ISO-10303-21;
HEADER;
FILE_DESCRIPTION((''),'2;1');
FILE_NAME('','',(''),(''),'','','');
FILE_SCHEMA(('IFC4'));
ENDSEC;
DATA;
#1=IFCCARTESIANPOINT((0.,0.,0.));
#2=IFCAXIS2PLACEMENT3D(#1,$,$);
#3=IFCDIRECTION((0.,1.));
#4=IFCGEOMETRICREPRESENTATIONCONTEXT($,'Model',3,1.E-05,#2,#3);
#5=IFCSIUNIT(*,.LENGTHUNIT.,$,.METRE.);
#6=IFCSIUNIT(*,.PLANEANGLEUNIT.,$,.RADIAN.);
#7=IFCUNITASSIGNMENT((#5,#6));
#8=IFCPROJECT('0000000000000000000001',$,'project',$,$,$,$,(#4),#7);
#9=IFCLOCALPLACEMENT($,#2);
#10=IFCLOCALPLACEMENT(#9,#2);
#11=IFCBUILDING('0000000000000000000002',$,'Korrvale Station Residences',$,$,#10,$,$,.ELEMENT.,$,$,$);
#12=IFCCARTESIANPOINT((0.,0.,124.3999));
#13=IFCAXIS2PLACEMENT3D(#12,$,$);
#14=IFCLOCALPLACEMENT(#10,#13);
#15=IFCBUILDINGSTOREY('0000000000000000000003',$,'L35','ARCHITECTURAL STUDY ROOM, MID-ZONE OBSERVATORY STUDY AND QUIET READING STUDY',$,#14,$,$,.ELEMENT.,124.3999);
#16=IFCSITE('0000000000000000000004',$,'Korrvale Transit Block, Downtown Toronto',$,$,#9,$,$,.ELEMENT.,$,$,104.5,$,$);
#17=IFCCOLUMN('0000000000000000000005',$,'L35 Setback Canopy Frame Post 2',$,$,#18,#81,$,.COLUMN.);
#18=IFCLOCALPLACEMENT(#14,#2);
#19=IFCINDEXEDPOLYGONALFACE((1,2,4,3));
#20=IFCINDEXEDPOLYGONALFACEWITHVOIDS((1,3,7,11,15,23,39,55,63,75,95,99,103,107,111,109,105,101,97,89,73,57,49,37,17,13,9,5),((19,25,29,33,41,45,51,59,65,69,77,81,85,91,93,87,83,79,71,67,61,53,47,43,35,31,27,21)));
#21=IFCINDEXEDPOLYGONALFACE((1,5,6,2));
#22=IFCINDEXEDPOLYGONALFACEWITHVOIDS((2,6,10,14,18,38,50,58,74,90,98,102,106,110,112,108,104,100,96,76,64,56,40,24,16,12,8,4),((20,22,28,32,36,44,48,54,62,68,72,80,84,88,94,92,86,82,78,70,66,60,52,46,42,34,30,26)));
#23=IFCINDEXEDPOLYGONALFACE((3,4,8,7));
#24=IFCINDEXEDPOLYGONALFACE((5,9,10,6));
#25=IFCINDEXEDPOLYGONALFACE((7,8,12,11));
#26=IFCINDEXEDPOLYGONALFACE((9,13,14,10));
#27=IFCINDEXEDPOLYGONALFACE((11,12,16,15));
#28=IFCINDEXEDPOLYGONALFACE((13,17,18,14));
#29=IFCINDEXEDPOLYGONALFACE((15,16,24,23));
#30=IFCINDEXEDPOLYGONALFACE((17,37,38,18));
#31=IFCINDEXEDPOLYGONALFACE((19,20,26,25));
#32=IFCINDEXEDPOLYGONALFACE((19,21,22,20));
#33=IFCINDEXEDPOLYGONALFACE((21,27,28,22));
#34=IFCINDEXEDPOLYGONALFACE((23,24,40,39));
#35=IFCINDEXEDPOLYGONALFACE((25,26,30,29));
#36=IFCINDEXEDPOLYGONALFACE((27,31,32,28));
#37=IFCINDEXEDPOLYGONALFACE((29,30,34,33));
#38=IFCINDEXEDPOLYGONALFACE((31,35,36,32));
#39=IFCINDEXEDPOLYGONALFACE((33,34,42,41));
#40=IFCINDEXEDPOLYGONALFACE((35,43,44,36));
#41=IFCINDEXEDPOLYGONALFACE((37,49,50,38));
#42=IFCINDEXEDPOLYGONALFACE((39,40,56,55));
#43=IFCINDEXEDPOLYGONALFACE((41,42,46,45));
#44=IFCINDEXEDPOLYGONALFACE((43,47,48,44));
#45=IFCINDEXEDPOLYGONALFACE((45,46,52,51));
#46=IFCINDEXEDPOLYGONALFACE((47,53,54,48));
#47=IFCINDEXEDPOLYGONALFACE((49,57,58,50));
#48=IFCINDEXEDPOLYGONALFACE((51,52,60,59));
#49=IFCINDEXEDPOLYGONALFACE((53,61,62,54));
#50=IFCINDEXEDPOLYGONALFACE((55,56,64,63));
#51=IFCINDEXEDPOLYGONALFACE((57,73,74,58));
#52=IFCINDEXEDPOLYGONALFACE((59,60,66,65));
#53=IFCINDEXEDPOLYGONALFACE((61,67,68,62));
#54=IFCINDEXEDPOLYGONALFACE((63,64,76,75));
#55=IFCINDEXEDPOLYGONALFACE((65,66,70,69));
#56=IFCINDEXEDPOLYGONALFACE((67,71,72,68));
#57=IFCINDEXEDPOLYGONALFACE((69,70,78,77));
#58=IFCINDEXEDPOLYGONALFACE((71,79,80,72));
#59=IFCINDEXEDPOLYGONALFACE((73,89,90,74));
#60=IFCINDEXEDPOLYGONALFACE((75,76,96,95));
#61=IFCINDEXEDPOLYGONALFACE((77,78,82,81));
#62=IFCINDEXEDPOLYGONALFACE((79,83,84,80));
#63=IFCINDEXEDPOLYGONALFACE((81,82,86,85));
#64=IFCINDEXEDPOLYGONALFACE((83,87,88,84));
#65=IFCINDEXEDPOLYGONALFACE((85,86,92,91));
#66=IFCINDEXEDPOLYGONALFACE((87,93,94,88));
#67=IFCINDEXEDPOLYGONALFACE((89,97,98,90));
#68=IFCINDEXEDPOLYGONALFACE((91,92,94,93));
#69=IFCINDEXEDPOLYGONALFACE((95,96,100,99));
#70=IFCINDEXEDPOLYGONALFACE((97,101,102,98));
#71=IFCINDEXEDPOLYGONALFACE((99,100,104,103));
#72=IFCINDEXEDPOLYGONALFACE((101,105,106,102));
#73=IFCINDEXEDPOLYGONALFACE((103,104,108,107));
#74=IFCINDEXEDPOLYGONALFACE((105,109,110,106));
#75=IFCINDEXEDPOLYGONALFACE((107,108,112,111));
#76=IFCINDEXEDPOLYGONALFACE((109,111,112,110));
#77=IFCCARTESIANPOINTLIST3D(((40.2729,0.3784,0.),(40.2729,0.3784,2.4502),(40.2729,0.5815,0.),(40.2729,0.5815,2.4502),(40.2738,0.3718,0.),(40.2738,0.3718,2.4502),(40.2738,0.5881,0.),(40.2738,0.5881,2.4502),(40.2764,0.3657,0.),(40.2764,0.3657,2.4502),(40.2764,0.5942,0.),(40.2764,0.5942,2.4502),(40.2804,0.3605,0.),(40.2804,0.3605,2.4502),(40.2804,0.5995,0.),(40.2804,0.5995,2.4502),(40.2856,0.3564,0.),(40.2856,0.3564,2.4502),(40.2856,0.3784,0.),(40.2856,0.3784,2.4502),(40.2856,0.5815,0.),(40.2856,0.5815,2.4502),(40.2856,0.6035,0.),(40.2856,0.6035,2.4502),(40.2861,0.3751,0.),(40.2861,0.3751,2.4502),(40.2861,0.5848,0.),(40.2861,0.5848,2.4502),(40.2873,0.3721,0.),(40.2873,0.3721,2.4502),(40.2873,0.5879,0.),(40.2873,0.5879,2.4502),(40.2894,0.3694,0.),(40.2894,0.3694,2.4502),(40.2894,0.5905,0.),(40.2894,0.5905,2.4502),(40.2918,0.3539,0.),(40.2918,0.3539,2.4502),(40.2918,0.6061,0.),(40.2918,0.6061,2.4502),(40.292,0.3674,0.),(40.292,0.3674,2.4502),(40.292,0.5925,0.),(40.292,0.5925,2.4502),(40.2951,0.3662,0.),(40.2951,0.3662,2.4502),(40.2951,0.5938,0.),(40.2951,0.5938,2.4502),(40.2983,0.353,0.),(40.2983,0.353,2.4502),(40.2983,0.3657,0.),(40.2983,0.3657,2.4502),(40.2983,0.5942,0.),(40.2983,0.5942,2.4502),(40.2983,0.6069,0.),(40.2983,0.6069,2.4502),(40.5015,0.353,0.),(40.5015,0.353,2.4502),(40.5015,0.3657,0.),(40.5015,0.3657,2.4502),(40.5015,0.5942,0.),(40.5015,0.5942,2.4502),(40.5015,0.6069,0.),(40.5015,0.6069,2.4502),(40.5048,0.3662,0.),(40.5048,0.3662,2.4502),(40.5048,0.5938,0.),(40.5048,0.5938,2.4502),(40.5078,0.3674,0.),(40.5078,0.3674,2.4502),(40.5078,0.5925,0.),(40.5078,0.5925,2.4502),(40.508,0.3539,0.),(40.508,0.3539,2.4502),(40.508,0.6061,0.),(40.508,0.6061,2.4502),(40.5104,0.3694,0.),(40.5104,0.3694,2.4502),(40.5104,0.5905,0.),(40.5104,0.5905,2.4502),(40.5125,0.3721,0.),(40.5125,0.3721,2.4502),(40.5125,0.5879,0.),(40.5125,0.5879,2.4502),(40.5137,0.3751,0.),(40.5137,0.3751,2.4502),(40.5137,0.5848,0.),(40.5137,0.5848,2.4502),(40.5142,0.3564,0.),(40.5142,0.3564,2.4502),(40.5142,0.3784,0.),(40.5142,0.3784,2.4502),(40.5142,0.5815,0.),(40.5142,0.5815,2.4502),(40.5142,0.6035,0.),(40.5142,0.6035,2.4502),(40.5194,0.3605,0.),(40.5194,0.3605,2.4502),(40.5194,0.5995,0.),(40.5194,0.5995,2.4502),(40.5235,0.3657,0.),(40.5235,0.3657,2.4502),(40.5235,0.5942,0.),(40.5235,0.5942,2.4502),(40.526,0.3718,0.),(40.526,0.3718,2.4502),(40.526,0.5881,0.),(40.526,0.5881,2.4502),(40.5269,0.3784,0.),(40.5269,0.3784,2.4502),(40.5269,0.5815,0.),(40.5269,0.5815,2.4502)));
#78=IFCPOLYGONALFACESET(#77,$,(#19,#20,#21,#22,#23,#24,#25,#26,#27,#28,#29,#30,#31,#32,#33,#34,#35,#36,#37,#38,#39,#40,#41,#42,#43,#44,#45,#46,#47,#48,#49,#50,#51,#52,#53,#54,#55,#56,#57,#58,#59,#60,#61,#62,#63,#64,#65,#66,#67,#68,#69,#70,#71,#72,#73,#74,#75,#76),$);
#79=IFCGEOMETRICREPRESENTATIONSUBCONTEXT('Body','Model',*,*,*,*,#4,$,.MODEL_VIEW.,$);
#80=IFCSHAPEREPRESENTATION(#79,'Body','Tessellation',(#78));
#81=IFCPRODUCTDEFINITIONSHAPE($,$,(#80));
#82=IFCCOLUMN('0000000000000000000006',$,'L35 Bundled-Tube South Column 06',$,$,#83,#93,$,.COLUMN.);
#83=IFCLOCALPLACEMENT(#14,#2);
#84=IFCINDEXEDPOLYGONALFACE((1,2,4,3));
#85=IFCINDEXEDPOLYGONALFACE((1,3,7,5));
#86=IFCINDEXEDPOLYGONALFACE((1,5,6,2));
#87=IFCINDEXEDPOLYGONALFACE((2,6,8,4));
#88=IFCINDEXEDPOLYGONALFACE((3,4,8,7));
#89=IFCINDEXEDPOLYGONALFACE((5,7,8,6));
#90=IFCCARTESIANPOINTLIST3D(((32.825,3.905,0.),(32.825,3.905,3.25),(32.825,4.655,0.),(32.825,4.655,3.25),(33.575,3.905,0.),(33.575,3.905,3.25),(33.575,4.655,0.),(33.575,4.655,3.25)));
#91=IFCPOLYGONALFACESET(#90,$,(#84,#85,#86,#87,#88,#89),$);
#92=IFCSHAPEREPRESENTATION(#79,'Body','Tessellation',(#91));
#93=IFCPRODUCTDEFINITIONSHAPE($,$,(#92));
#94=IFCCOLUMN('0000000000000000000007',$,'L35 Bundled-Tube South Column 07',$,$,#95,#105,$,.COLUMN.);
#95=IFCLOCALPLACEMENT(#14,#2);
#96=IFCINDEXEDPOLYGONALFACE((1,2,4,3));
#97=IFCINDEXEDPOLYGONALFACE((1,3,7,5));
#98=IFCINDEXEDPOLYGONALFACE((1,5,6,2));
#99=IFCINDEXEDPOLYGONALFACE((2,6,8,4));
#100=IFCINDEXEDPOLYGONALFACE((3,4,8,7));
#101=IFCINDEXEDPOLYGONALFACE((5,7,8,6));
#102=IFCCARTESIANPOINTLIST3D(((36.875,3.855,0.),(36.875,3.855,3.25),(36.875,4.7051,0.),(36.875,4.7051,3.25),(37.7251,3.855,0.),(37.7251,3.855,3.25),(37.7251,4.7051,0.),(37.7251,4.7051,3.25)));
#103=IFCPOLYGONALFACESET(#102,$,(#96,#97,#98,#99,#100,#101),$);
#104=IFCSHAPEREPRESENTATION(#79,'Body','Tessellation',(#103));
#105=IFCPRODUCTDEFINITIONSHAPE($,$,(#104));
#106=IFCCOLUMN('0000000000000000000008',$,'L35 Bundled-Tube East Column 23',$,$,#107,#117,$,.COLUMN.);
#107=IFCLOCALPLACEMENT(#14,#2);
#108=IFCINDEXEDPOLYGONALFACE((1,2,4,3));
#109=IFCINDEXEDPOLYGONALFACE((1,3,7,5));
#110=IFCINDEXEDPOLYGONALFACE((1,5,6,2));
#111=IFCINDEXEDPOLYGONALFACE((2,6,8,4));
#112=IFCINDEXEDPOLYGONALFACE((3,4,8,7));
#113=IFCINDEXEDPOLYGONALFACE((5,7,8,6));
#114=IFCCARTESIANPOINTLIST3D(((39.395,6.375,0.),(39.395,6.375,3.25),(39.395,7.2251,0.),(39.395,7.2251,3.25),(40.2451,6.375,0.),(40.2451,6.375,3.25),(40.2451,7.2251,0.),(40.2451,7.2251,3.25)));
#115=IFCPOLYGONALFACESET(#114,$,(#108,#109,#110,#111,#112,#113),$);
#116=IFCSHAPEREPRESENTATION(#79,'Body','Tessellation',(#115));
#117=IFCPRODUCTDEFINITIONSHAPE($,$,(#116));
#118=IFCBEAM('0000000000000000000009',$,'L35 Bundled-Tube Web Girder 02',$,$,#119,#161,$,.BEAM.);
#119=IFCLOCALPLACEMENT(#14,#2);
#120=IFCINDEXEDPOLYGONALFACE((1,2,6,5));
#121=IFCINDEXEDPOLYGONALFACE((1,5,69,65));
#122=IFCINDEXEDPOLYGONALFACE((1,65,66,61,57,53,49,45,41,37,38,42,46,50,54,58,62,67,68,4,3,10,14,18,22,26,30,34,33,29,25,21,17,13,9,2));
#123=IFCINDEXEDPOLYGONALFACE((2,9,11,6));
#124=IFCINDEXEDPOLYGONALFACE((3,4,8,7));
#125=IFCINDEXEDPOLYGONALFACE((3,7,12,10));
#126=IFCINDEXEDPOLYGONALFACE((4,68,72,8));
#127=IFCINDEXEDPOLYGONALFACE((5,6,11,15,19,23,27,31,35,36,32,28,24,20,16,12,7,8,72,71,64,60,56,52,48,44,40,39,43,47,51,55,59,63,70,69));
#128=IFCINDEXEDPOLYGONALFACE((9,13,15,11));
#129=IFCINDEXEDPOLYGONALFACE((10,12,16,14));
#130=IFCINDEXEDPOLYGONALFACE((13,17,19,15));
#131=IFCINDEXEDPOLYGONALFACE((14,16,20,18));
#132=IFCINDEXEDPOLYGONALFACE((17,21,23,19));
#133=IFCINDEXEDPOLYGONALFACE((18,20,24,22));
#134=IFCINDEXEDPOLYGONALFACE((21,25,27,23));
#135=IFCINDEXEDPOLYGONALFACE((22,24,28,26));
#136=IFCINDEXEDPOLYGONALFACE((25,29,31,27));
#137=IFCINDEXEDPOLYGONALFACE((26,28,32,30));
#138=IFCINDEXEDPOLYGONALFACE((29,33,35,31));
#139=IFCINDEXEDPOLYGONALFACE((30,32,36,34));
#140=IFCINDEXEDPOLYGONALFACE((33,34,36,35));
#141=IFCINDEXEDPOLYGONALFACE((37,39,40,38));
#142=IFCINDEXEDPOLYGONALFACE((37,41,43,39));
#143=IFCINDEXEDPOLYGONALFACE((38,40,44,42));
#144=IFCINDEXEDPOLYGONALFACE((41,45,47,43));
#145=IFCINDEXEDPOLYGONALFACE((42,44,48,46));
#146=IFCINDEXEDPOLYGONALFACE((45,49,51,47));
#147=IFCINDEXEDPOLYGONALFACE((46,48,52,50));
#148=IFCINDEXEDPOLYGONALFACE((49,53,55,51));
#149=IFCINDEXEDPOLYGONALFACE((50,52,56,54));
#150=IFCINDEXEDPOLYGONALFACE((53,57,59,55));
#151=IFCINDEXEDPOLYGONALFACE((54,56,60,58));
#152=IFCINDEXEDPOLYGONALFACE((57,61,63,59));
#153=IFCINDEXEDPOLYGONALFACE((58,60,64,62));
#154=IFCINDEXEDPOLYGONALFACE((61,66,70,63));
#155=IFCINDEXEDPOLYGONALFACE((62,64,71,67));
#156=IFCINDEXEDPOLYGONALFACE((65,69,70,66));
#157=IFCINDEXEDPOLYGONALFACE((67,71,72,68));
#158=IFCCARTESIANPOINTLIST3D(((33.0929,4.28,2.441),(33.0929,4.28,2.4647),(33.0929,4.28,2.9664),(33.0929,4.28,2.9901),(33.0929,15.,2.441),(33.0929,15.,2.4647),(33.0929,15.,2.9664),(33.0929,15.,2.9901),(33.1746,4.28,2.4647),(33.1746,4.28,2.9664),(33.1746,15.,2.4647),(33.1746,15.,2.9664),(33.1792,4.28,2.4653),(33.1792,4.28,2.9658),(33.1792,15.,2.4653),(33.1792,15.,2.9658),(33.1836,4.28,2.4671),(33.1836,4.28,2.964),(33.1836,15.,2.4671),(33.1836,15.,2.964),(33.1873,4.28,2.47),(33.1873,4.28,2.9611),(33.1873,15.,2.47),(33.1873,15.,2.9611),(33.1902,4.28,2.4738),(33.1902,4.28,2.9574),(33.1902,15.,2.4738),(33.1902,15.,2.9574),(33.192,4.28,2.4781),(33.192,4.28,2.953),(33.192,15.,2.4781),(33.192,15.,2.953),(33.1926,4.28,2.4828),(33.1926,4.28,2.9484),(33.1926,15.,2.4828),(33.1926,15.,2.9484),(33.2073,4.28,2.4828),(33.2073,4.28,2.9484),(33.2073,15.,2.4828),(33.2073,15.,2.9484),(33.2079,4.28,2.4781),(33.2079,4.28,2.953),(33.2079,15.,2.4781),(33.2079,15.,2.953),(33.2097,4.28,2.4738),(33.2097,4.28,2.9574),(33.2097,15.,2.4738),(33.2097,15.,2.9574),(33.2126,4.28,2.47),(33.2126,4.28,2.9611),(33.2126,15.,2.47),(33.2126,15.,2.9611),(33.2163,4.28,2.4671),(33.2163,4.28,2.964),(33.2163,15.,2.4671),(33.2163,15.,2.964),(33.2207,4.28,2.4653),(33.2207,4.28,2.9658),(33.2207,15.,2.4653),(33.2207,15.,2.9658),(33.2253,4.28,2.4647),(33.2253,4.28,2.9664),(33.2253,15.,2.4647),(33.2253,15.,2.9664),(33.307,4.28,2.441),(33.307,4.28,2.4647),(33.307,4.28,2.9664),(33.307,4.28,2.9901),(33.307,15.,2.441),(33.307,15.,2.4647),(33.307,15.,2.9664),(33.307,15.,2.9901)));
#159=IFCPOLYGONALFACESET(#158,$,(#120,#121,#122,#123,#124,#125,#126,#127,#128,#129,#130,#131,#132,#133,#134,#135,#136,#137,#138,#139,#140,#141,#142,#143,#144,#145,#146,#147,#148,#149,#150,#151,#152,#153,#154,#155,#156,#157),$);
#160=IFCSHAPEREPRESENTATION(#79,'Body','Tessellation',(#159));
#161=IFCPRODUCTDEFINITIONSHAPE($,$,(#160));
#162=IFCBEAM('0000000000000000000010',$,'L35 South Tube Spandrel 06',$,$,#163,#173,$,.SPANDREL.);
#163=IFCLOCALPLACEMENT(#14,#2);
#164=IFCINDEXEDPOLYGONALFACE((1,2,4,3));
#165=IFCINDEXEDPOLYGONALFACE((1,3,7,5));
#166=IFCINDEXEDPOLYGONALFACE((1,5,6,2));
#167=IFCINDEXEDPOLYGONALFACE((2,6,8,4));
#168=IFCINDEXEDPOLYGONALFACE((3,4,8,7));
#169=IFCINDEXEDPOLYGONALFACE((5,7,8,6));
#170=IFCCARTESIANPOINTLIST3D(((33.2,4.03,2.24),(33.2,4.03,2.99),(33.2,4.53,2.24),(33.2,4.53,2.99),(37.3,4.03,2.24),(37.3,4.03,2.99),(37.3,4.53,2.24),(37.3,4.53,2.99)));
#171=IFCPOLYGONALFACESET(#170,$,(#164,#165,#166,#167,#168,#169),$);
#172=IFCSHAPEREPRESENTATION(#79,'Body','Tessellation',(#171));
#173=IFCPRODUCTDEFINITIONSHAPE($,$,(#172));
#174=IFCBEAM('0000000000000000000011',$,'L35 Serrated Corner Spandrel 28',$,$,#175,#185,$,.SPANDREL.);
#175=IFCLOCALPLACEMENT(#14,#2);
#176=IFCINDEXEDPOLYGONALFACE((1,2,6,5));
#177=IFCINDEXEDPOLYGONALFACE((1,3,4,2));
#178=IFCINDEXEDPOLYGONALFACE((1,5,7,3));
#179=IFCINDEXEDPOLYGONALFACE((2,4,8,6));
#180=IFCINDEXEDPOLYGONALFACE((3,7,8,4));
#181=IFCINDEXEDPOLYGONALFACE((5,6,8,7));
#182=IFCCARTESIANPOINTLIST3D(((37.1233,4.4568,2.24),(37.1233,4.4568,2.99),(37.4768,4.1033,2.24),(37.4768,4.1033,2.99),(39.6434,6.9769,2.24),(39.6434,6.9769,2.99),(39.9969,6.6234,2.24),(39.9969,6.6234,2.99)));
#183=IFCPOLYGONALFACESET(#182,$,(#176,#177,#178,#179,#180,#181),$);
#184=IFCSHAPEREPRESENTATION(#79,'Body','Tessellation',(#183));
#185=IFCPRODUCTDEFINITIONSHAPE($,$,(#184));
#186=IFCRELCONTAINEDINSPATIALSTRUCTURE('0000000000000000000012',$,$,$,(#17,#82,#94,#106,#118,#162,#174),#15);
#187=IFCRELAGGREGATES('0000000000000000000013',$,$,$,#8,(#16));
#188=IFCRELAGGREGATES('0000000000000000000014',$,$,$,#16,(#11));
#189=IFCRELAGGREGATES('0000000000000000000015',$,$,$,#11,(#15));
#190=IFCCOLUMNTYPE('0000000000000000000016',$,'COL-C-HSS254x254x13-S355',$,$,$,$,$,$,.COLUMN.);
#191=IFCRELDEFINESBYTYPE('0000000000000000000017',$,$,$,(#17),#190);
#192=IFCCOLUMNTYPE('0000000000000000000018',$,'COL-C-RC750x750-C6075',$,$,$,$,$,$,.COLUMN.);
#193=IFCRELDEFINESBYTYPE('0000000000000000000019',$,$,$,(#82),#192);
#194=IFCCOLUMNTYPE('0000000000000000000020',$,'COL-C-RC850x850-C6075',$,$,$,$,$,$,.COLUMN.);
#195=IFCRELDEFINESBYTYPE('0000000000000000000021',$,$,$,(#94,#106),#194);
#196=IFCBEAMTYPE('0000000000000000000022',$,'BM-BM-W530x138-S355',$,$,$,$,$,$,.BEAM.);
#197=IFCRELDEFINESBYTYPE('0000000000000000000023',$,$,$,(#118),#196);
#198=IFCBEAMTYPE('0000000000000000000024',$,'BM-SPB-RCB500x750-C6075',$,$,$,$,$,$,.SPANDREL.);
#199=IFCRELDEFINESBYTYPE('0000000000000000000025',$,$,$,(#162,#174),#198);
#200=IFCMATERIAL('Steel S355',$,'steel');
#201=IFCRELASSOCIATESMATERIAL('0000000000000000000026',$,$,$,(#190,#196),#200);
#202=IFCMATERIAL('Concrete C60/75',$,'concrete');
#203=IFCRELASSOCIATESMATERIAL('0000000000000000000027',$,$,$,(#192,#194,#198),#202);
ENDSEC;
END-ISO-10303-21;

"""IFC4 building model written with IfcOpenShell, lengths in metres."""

from ifc_helpers import new_model, si_unit, direction, frame, origin, origin_2d, place, context, subcontext, project, spatial, rectangle, hollow_rectangle, i_section, extrude, material, material_profile, profile_set, type_object, element, save


model = new_model("IFC4")

# Units and contexts
model_context = context("Model", 3, precision=1e-05, world=origin(), true_north=direction((0.0, 1.0)))
body_context = subcontext(model_context, "Body", "Model", "MODEL_VIEW")
ifc_project = project(units=[si_unit("LENGTHUNIT", "METRE"), si_unit("PLANEANGLEUNIT", "RADIAN")], contexts=[model_context])

# Site, building, storey
site_placement = place(None, origin())
site = spatial("IfcSite", under=ifc_project, at=site_placement, Name="Korrvale Transit Block, Downtown Toronto", CompositionType="ELEMENT", RefElevation=104.5)
building_placement = place(site_placement, origin())
building = spatial("IfcBuilding", under=site, at=building_placement, Name="Korrvale Station Residences", CompositionType="ELEMENT")
storey_placement = place(building_placement, frame((0.0, 0.0, 124.3999)))
storey = spatial("IfcBuildingStorey", under=building, at=storey_placement, Name="L35", Description="ARCHITECTURAL STUDY ROOM, MID-ZONE OBSERVATORY STUDY AND QUIET READING STUDY", CompositionType="ELEMENT", Elevation=124.3999)

# Columns
ifc_material_1 = material(Name="Steel S355", Category="steel")
ifc_material_profile_1 = material_profile(ifc_material_1, hollow_rectangle(XDim=0.2539, YDim=0.2539, WallThickness=0.0127, InnerFilletRadius=0.0127, OuterFilletRadius=0.0254, at=origin_2d()), Name="HSS254x254x13")
ifc_profile_set_1 = profile_set([ifc_material_profile_1], Name="Steel S355")
column_type_1 = type_object("IfcColumnType", Name="COL-C-HSS254x254x13-S355", PredefinedType="COLUMN", material=ifc_profile_set_1)
column_1_placement = place(storey_placement, frame((40.3999, 0.48, 0.0), z_axis=(0.0, 0.0, 1.0), x_axis=(1.0, 0.0, 0.0)))
element("IfcColumn", 1, at=column_1_placement, inside=storey, type_object=column_type_1, Name="L35 Setback Canopy Frame Post 2", PredefinedType="COLUMN", context=body_context, shape_type="SweptSolid", body=[
    extrude(hollow_rectangle(XDim=0.2539, YDim=0.2539, WallThickness=0.0127, InnerFilletRadius=0.0127, OuterFilletRadius=0.0254, at=origin_2d()), origin(), (0.0, 0.0, 1.0), 2.4502),
])
ifc_material_2 = material(Name="Concrete C60/75", Category="concrete")
ifc_material_profile_2 = material_profile(ifc_material_2, rectangle(XDim=0.75, YDim=0.75, at=origin_2d()), Name="RC750x750")
ifc_profile_set_2 = profile_set([ifc_material_profile_2], Name="Concrete C60/75")
column_type_2 = type_object("IfcColumnType", Name="COL-C-RC750x750-C6075", PredefinedType="COLUMN", material=ifc_profile_set_2)
column_2_placement = place(storey_placement, frame((33.2, 4.28, 0.0), z_axis=(0.0, 0.0, 1.0), x_axis=(1.0, 0.0, 0.0)))
element("IfcColumn", 2, at=column_2_placement, inside=storey, type_object=column_type_2, Name="L35 Bundled-Tube South Column 06", PredefinedType="COLUMN", context=body_context, shape_type="SweptSolid", body=[
    extrude(rectangle(XDim=0.75, YDim=0.75, at=origin_2d()), origin(), (0.0, 0.0, 1.0), 3.25),
])
ifc_material_profile_3 = material_profile(ifc_material_2, rectangle(XDim=0.8501, YDim=0.8501, at=origin_2d()), Name="RC850x850")
ifc_profile_set_3 = profile_set([ifc_material_profile_3], Name="Concrete C60/75")
column_type_3 = type_object("IfcColumnType", Name="COL-C-RC850x850-C6075", PredefinedType="COLUMN", material=ifc_profile_set_3)
for number, where, z_axis, x_axis, name in (
    (3, (37.3, 4.28, 0.0), (0.0, 0.0, 1.0), (1.0, 0.0, 0.0), "L35 Bundled-Tube South Column 07"),
    (4, (39.8201, 6.8, 0.0), (0.0, 0.0, 1.0), (1.0, 0.0, 0.0), "L35 Bundled-Tube East Column 23"),
):
    element("IfcColumn", number, at=place(storey_placement, frame(where, z_axis=z_axis, x_axis=x_axis)), inside=storey, type_object=column_type_3, Name=name, PredefinedType="COLUMN", context=body_context, shape_type="SweptSolid", body=[
        extrude(rectangle(XDim=0.8501, YDim=0.8501, at=origin_2d()), origin(), (0.0, 0.0, 1.0), 3.25),
    ])

# Beams
ifc_material_profile_4 = material_profile(ifc_material_1, i_section(OverallWidth=0.2141, OverallDepth=0.5491, WebThickness=0.0146, FlangeThickness=0.0237, FilletRadius=0.0181, at=origin_2d()), Name="W530x138")
ifc_profile_set_4 = profile_set([ifc_material_profile_4], Name="Steel S355")
beam_type_1 = type_object("IfcBeamType", Name="BM-BM-W530x138-S355", PredefinedType="BEAM", material=ifc_profile_set_4)
beam_1_placement = place(storey_placement, frame((33.2, 4.28, 2.7156), z_axis=(0.0, 1.0, 0.0), x_axis=(-1.0, 0.0, 0.0)))
element("IfcBeam", 5, at=beam_1_placement, inside=storey, type_object=beam_type_1, Name="L35 Bundled-Tube Web Girder 02", PredefinedType="BEAM", context=body_context, shape_type="SweptSolid", body=[
    extrude(i_section(OverallWidth=0.2141, OverallDepth=0.5491, WebThickness=0.0146, FlangeThickness=0.0237, FilletRadius=0.0181, at=origin_2d()), origin(), (0.0, 0.0, 1.0), 10.72),
])
ifc_material_profile_5 = material_profile(ifc_material_2, rectangle(XDim=0.5, YDim=0.75, at=origin_2d()), Name="RCB500x750")
ifc_profile_set_5 = profile_set([ifc_material_profile_5], Name="Concrete C60/75")
beam_type_2 = type_object("IfcBeamType", Name="BM-SPB-RCB500x750-C6075", PredefinedType="SPANDREL", material=ifc_profile_set_5)
beam_2_placement = place(storey_placement, frame((33.2, 4.28, 2.615), z_axis=(1.0, 0.0, 0.0), x_axis=(0.0, 1.0, 0.0)))
element("IfcBeam", 6, at=beam_2_placement, inside=storey, type_object=beam_type_2, Name="L35 South Tube Spandrel 06", PredefinedType="SPANDREL", context=body_context, shape_type="SweptSolid", body=[
    extrude(rectangle(XDim=0.5, YDim=0.75, at=origin_2d()), origin(), (0.0, 0.0, 1.0), 4.1001),
])
beam_3_placement = place(storey_placement, frame((37.3, 4.28, 2.615), z_axis=(0.707107, 0.707107, 0.0), x_axis=(-0.707107, 0.707107, 0.0)))
element("IfcBeam", 7, at=beam_3_placement, inside=storey, type_object=beam_type_2, Name="L35 Serrated Corner Spandrel 28", PredefinedType="SPANDREL", context=body_context, shape_type="SweptSolid", body=[
    extrude(rectangle(XDim=0.5, YDim=0.75, at=origin_2d()), origin(), (0.0, 0.0, 1.0), 3.564),
])

save(model, "model.ifc")
